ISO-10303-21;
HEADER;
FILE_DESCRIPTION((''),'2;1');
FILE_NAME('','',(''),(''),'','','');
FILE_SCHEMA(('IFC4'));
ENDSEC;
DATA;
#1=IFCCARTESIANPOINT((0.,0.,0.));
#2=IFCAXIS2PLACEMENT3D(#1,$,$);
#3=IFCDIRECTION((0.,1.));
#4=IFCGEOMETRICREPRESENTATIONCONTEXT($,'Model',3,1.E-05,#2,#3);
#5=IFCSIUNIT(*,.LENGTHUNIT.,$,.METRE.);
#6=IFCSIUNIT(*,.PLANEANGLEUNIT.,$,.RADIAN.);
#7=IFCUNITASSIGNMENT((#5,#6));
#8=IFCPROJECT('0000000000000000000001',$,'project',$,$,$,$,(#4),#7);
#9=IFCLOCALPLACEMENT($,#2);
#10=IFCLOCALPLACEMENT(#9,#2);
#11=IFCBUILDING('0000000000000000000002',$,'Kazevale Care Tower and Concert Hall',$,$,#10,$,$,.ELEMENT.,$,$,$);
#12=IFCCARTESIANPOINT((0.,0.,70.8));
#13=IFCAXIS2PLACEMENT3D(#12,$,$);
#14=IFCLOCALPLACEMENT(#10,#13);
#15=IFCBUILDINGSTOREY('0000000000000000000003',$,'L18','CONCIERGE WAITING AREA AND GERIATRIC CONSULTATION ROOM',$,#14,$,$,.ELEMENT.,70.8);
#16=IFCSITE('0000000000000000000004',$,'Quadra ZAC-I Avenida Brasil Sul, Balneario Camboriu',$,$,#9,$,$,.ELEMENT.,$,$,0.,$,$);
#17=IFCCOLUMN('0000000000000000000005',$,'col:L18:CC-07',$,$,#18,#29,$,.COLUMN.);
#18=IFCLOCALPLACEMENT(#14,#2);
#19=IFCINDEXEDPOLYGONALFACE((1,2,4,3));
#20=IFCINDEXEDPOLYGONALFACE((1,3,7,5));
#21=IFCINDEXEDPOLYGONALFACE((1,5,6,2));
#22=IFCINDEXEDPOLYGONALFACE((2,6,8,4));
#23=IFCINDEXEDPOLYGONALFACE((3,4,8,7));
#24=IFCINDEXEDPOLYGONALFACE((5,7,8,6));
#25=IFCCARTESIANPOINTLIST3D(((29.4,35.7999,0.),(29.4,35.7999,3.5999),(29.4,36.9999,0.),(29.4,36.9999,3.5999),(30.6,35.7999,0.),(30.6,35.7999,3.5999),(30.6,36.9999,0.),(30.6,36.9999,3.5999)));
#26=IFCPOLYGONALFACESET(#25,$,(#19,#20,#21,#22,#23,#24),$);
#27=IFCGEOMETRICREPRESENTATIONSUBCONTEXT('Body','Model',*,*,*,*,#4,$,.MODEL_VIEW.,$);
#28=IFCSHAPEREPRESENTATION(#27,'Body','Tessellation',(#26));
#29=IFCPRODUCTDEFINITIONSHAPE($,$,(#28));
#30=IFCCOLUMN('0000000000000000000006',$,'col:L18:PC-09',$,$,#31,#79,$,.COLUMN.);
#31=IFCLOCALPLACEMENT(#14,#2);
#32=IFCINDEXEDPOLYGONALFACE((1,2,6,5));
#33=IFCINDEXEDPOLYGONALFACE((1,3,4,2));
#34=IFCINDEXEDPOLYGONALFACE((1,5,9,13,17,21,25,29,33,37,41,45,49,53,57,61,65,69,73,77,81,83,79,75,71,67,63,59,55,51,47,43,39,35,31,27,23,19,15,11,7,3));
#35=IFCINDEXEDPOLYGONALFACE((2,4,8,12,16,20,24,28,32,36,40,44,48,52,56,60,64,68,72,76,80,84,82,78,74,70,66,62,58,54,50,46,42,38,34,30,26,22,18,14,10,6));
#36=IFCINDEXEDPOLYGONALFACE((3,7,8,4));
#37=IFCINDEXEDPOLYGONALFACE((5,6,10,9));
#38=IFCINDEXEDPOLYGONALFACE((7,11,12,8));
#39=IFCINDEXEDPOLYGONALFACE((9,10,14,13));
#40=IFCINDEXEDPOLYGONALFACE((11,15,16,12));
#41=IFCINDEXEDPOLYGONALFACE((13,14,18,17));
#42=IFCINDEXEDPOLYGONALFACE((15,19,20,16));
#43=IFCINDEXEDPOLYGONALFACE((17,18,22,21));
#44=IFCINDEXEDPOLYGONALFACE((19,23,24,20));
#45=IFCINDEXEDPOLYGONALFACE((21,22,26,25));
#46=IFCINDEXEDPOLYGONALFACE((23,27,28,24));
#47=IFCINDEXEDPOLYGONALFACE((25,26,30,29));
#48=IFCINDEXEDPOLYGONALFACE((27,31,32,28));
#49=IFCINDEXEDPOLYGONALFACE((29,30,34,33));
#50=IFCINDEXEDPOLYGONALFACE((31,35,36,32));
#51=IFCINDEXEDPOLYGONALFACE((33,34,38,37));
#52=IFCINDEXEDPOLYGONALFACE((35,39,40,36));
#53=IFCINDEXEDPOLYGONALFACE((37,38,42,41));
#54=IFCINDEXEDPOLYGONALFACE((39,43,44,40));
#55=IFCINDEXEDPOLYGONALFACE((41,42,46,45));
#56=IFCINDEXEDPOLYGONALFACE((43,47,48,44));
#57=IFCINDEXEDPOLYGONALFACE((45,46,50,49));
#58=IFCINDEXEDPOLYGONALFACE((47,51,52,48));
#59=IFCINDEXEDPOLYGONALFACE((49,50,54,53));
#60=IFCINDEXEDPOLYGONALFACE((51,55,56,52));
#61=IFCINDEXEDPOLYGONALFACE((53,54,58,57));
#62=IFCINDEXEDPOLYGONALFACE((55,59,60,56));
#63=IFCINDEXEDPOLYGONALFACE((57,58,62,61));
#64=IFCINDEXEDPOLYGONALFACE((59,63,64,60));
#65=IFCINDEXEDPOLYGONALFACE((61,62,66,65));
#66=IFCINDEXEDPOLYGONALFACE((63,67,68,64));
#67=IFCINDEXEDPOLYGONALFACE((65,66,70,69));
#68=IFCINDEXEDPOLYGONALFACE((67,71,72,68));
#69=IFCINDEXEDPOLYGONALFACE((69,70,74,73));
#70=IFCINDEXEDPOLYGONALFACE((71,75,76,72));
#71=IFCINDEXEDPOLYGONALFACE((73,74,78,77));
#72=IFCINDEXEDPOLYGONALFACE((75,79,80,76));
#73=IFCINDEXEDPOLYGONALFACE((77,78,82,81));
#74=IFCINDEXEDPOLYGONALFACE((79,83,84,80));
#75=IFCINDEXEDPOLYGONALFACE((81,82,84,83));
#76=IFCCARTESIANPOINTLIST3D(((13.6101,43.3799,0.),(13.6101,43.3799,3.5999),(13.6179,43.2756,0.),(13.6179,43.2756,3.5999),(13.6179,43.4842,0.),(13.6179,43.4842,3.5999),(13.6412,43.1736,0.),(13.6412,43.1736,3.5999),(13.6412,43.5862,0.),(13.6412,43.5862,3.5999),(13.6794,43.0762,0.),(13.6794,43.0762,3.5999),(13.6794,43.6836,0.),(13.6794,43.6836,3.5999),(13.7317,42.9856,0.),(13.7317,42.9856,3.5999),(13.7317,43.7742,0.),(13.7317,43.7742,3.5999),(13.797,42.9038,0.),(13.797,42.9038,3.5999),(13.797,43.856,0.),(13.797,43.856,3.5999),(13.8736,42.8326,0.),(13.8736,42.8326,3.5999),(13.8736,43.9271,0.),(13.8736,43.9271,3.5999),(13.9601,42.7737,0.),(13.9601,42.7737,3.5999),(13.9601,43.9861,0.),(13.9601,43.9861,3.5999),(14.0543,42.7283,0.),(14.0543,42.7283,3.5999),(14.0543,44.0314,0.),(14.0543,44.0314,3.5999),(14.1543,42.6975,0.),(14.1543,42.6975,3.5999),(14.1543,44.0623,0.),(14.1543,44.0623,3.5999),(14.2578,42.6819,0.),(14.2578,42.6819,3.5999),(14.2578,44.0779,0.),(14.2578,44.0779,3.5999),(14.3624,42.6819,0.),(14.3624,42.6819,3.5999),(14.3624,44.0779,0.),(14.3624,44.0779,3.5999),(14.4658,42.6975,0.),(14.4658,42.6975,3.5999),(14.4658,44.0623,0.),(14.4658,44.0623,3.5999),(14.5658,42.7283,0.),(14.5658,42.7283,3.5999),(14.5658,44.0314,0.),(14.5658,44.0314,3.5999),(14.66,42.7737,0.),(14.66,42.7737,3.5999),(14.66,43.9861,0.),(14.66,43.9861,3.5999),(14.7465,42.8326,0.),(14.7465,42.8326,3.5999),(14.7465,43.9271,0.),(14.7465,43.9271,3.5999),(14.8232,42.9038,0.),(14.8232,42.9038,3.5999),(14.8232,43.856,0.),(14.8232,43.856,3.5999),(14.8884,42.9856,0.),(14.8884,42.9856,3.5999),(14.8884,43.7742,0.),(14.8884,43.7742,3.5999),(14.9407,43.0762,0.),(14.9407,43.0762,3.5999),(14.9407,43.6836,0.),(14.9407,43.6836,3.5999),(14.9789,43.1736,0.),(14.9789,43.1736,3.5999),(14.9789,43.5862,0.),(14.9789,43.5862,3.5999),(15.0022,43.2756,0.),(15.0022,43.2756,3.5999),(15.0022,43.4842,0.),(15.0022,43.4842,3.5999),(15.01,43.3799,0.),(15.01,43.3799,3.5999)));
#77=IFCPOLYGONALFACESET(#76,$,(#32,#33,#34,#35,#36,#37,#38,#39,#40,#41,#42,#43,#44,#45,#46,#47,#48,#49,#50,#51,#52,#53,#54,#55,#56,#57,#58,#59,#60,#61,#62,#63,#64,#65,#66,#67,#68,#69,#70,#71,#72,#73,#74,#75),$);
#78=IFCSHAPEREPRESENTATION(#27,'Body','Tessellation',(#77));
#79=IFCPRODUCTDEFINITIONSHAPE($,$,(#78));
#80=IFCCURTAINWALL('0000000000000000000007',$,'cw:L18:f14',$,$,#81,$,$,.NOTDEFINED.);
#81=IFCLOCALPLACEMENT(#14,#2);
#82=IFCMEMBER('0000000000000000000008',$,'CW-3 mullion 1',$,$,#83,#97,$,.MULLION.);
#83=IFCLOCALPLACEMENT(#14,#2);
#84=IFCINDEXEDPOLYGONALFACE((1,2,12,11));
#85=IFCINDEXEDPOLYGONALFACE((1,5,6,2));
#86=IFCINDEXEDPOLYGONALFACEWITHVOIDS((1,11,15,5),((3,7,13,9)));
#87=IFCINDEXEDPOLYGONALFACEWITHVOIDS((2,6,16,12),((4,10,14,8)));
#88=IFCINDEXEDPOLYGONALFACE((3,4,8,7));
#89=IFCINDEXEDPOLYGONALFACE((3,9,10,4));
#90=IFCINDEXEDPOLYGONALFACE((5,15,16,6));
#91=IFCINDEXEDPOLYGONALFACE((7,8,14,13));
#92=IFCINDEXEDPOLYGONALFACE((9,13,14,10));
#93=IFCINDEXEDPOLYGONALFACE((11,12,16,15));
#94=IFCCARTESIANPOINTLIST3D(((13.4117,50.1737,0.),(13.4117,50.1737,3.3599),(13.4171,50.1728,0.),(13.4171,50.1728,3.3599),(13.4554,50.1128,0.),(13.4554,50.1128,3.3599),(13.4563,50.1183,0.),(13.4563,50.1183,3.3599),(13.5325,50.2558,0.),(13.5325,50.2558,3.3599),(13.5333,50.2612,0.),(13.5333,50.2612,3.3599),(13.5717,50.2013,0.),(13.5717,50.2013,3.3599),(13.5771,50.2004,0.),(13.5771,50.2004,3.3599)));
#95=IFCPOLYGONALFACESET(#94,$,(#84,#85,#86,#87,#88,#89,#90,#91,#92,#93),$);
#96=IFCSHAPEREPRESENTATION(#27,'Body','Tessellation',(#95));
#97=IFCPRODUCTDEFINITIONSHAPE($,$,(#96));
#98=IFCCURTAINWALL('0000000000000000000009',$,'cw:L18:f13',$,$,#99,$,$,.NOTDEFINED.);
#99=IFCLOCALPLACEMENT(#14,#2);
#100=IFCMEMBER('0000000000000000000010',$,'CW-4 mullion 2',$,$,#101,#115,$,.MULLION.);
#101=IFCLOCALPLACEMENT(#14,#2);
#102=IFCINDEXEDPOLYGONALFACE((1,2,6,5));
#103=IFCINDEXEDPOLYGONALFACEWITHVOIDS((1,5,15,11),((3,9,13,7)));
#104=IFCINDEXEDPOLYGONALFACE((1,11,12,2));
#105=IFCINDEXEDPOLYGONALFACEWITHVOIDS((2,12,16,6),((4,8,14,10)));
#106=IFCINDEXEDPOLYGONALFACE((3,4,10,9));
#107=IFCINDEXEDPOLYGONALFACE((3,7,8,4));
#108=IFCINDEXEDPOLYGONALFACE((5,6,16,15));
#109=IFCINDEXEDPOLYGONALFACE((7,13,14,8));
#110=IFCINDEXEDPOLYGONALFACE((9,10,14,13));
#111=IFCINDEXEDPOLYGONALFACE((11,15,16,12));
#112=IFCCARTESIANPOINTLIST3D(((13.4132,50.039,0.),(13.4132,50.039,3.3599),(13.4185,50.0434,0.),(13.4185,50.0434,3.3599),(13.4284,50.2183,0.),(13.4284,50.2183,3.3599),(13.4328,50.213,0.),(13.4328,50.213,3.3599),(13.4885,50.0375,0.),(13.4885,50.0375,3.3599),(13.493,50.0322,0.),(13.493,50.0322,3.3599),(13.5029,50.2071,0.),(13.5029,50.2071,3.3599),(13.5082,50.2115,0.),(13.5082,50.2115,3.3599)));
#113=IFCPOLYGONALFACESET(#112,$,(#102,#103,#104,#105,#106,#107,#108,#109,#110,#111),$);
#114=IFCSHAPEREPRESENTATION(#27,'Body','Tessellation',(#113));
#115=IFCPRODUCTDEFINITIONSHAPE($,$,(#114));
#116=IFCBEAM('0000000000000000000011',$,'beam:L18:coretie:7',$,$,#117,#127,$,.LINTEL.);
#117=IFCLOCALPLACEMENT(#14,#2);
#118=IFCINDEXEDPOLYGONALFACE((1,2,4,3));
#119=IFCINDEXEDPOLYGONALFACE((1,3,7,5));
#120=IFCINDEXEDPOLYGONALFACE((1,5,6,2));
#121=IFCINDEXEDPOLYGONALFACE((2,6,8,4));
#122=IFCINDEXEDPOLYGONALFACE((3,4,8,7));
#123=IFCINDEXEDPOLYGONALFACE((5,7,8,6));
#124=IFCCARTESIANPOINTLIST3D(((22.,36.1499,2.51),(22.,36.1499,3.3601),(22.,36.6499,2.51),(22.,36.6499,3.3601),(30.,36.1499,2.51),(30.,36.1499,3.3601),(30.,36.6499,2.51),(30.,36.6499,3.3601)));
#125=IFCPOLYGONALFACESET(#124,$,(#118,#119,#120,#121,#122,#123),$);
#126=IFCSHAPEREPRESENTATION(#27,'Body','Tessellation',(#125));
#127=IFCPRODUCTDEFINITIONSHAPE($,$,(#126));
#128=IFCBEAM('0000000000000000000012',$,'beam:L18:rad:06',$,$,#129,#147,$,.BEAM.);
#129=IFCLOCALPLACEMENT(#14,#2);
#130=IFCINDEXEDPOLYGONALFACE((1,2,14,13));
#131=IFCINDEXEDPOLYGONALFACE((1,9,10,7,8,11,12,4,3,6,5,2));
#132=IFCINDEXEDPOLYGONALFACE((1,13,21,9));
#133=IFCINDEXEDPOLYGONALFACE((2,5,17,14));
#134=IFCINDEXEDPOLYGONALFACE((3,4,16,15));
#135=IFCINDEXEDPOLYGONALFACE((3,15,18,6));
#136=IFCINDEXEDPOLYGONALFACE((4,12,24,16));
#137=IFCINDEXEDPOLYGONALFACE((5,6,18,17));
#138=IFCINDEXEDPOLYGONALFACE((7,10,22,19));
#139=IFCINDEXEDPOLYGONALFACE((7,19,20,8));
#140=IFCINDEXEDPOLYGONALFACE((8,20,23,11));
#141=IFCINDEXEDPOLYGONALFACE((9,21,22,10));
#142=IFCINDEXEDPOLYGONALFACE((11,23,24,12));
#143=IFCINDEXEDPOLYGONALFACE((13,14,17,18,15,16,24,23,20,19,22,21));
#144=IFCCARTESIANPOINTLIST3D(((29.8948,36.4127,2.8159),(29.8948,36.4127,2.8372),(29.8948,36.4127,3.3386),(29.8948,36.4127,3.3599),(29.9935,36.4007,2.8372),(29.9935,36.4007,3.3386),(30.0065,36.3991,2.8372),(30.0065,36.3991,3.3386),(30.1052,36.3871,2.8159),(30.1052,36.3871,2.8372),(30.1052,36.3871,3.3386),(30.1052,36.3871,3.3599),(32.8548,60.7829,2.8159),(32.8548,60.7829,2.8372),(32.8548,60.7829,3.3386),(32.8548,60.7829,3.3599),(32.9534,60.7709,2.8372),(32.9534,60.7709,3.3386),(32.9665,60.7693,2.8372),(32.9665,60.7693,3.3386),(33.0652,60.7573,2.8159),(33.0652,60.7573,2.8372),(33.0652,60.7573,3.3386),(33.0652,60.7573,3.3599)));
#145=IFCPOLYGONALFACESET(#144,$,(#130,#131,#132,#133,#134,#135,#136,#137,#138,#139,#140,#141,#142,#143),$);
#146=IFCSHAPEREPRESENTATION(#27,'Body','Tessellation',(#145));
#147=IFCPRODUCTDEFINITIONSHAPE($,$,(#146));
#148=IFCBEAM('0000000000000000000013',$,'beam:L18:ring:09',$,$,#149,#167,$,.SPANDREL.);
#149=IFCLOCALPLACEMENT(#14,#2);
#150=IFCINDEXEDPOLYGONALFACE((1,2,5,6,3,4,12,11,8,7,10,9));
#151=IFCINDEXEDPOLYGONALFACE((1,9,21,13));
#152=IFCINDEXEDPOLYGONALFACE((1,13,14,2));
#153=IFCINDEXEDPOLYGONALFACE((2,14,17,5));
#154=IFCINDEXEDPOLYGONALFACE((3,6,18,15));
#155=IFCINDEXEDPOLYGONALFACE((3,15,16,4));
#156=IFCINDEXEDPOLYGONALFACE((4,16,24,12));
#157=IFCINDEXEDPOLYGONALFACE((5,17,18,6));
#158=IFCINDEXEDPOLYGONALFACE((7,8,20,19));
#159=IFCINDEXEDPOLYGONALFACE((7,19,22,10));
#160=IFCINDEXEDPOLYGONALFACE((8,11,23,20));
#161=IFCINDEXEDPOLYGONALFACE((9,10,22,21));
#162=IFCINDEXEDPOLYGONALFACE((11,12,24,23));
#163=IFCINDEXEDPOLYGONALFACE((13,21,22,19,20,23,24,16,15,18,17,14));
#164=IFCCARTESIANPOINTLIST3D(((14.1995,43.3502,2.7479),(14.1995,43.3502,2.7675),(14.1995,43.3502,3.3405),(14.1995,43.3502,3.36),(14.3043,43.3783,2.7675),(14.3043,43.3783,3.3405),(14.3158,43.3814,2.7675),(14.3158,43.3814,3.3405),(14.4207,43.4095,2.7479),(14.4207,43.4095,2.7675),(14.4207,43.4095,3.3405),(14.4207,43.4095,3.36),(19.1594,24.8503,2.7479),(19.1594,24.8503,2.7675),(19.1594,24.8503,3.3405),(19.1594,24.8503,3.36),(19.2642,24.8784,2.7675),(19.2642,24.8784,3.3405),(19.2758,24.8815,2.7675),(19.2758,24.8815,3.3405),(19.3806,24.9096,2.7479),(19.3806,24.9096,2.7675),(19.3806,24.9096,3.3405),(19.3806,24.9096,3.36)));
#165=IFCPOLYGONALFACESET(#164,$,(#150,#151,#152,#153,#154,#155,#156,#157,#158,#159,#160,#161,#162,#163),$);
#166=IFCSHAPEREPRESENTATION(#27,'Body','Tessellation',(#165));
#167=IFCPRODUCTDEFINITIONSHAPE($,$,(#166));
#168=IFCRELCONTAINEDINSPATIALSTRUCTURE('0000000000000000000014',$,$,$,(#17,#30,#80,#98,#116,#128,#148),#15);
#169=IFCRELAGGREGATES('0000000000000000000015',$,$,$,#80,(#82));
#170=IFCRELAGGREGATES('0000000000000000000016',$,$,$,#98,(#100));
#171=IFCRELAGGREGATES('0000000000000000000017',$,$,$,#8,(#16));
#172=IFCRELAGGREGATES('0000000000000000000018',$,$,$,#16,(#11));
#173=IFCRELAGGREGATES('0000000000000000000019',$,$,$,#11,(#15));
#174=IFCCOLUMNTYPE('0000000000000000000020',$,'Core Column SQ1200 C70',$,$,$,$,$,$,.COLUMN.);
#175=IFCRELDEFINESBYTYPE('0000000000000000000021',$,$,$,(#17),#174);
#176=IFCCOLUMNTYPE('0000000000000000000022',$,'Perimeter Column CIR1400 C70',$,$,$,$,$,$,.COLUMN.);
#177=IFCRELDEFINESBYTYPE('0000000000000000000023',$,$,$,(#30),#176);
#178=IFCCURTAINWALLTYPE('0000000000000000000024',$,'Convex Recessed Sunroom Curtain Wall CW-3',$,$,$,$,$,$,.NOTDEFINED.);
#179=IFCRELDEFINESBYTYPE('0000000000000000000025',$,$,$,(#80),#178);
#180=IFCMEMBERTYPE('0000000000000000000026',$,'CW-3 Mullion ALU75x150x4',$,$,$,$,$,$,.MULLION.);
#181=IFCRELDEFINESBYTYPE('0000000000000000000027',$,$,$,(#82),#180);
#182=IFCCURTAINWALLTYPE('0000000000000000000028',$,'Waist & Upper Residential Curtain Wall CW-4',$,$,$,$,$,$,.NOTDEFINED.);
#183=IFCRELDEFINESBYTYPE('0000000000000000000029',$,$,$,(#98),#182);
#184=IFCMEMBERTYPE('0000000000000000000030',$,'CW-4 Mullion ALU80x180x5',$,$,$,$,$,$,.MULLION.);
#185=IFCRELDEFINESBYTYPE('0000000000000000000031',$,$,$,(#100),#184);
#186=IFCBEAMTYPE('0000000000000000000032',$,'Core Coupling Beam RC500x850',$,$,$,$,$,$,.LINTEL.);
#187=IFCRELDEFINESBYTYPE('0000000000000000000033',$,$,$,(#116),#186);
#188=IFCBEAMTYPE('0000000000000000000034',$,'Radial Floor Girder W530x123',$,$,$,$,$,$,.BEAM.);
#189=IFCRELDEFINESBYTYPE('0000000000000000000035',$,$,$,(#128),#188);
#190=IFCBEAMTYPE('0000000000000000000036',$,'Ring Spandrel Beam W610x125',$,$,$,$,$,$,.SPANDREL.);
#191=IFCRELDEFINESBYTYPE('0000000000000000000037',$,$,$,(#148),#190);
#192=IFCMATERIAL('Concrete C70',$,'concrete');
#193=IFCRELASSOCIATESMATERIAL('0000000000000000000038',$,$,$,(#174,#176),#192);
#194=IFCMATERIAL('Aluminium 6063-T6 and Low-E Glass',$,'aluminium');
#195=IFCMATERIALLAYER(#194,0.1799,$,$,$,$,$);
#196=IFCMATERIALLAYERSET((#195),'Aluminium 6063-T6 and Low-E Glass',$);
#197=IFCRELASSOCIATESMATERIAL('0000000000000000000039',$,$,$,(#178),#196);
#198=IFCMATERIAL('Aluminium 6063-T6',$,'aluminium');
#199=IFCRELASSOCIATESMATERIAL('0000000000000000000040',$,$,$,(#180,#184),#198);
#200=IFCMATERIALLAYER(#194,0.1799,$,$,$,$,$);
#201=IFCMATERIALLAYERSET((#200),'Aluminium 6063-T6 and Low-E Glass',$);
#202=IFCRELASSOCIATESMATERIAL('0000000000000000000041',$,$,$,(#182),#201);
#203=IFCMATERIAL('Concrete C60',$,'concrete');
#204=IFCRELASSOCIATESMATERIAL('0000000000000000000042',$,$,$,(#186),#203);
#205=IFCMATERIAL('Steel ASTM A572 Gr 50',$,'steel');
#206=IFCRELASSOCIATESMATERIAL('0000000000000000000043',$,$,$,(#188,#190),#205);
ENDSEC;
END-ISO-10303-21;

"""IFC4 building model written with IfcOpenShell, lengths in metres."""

from ifc_helpers import new_model, si_unit, direction, frame, origin, origin_2d, place, context, subcontext, project, spatial, rectangle, hollow_rectangle, circle, i_section, extrude, material, layer, layer_set, material_profile, profile_set, type_object, element, aggregate, save


model = new_model("IFC4")

# Units and contexts
model_context = context("Model", 3, precision=1e-05, world=origin(), true_north=direction((0.0, 1.0)))
body_context = subcontext(model_context, "Body", "Model", "MODEL_VIEW")
ifc_project = project(units=[si_unit("LENGTHUNIT", "METRE"), si_unit("PLANEANGLEUNIT", "RADIAN")], contexts=[model_context])

# Site, building, storey
site_placement = place(None, origin())
site = spatial("IfcSite", under=ifc_project, at=site_placement, Name="Quadra ZAC-I Avenida Brasil Sul, Balneario Camboriu", CompositionType="ELEMENT", RefElevation=0.0)
building_placement = place(site_placement, origin())
building = spatial("IfcBuilding", under=site, at=building_placement, Name="Kazevale Care Tower and Concert Hall", CompositionType="ELEMENT")
storey_placement = place(building_placement, frame((0.0, 0.0, 70.8)))
storey = spatial("IfcBuildingStorey", under=building, at=storey_placement, Name="L18", Description="CONCIERGE WAITING AREA AND GERIATRIC CONSULTATION ROOM", CompositionType="ELEMENT", Elevation=70.8)

# Columns
ifc_material_1 = material(Name="Concrete C70", Category="concrete")
ifc_material_profile_1 = material_profile(ifc_material_1, rectangle(XDim=1.2, YDim=1.2, at=origin_2d()), Name="RC-SQ1200")
ifc_profile_set_1 = profile_set([ifc_material_profile_1], Name="Concrete C70")
column_type_1 = type_object("IfcColumnType", Name="Core Column SQ1200 C70", PredefinedType="COLUMN", material=ifc_profile_set_1)
column_1_placement = place(storey_placement, frame((30.0, 36.3999, 0.0), z_axis=(0.0, 0.0, 1.0), x_axis=(1.0, 0.0, 0.0)))
element("IfcColumn", 1, at=column_1_placement, inside=storey, type_object=column_type_1, Name="col:L18:CC-07", PredefinedType="COLUMN", context=body_context, shape_type="SweptSolid", body=[
    extrude(rectangle(XDim=1.2, YDim=1.2, at=origin_2d()), origin(), (0.0, 0.0, 1.0), 3.5999),
])
ifc_material_profile_2 = material_profile(ifc_material_1, circle(Radius=0.7, at=origin_2d()), Name="RC-CIR1400")
ifc_profile_set_2 = profile_set([ifc_material_profile_2], Name="Concrete C70")
column_type_2 = type_object("IfcColumnType", Name="Perimeter Column CIR1400 C70", PredefinedType="COLUMN", material=ifc_profile_set_2)
column_2_placement = place(storey_placement, frame((14.3101, 43.3799, 0.0), z_axis=(0.0, 0.0, 1.0), x_axis=(1.0, 0.0, 0.0)))
element("IfcColumn", 2, at=column_2_placement, inside=storey, type_object=column_type_2, Name="col:L18:PC-09", PredefinedType="COLUMN", context=body_context, shape_type="SweptSolid", body=[
    extrude(circle(Radius=0.7, at=origin_2d()), origin(), (0.0, 0.0, 1.0), 3.5999),
])

# Curtain walls, members
ifc_material_2 = material(Name="Aluminium 6063-T6 and Low-E Glass", Category="aluminium")
ifc_layer_1 = layer(ifc_material_2, 0.1799)
ifc_layer_set_1 = layer_set([ifc_layer_1], Name="Aluminium 6063-T6 and Low-E Glass")
curtain_wall_type_1 = type_object("IfcCurtainWallType", Name="Convex Recessed Sunroom Curtain Wall CW-3", PredefinedType="NOTDEFINED", material=ifc_layer_set_1)
curtain_wall_1_placement = place(storey_placement, origin())
curtain_wall_1 = element("IfcCurtainWall", 3, at=curtain_wall_1_placement, inside=storey, type_object=curtain_wall_type_1, Name="cw:L18:f14", PredefinedType="NOTDEFINED")
ifc_material_3 = material(Name="Aluminium 6063-T6", Category="aluminium")
ifc_material_profile_3 = material_profile(ifc_material_3, hollow_rectangle(XDim=0.075, YDim=0.1499, WallThickness=0.0039, at=origin_2d()), Name="ALU75x150x4")
ifc_profile_set_3 = profile_set([ifc_material_profile_3], Name="Aluminium 6063-T6")
member_type_1 = type_object("IfcMemberType", Name="CW-3 Mullion ALU75x150x4", PredefinedType="MULLION", material=ifc_profile_set_3)
member_1_placement = place(storey_placement, frame((13.4944, 50.187, 0.0), z_axis=(0.0, 0.0, 1.0), x_axis=(-0.583994, 0.811758, 0.0)))
member_1 = element("IfcMember", 4, at=member_1_placement, type_object=member_type_1, Name="CW-3 mullion 1", PredefinedType="MULLION", context=body_context, shape_type="SweptSolid", body=[
    extrude(hollow_rectangle(XDim=0.075, YDim=0.1499, WallThickness=0.0039, at=origin_2d()), origin(), (0.0, 0.0, 1.0), 3.3599),
])
aggregate(curtain_wall_1, [member_1])
ifc_layer_2 = layer(ifc_material_2, 0.1799)
ifc_layer_set_2 = layer_set([ifc_layer_2], Name="Aluminium 6063-T6 and Low-E Glass")
curtain_wall_type_2 = type_object("IfcCurtainWallType", Name="Waist & Upper Residential Curtain Wall CW-4", PredefinedType="NOTDEFINED", material=ifc_layer_set_2)
curtain_wall_2_placement = place(storey_placement, origin())
curtain_wall_2 = element("IfcCurtainWall", 5, at=curtain_wall_2_placement, inside=storey, type_object=curtain_wall_type_2, Name="cw:L18:f13", PredefinedType="NOTDEFINED")
ifc_material_profile_4 = material_profile(ifc_material_3, hollow_rectangle(XDim=0.0801, YDim=0.1799, WallThickness=0.0049, at=origin_2d()), Name="ALU80x180x5")
ifc_profile_set_4 = profile_set([ifc_material_profile_4], Name="Aluminium 6063-T6")
member_type_2 = type_object("IfcMemberType", Name="CW-4 Mullion ALU80x180x5", PredefinedType="MULLION", material=ifc_profile_set_4)
member_2_placement = place(storey_placement, frame((13.4607, 50.1252, 0.0), z_axis=(0.0, 0.0, 1.0), x_axis=(-0.996431, 0.084413, 0.0)))
member_2 = element("IfcMember", 6, at=member_2_placement, type_object=member_type_2, Name="CW-4 mullion 2", PredefinedType="MULLION", context=body_context, shape_type="SweptSolid", body=[
    extrude(hollow_rectangle(XDim=0.0801, YDim=0.1799, WallThickness=0.0049, at=origin_2d()), origin(), (0.0, 0.0, 1.0), 3.3599),
])

# Beams
ifc_material_4 = material(Name="Concrete C60", Category="concrete")
ifc_material_profile_5 = material_profile(ifc_material_4, rectangle(XDim=0.5, YDim=0.8501, at=origin_2d()), Name="RC-B500x850")
ifc_profile_set_5 = profile_set([ifc_material_profile_5], Name="Concrete C60")
beam_type_1 = type_object("IfcBeamType", Name="Core Coupling Beam RC500x850", PredefinedType="LINTEL", material=ifc_profile_set_5)
beam_1_placement = place(storey_placement, frame((30.0, 36.3999, 2.9351), z_axis=(-1.0, 0.0, 0.0), x_axis=(0.0, -1.0, 0.0)))
element("IfcBeam", 7, at=beam_1_placement, inside=storey, type_object=beam_type_1, Name="beam:L18:coretie:7", PredefinedType="LINTEL", context=body_context, shape_type="SweptSolid", body=[
    extrude(rectangle(XDim=0.5, YDim=0.8501, at=origin_2d()), origin(), (0.0, 0.0, 1.0), 8.0),
])
ifc_material_5 = material(Name="Steel ASTM A572 Gr 50", Category="steel")
ifc_material_profile_6 = material_profile(ifc_material_5, i_section(OverallWidth=0.2119, OverallDepth=0.5439, WebThickness=0.0132, FlangeThickness=0.0212, at=origin_2d()), Name="W530x123")
ifc_profile_set_6 = profile_set([ifc_material_profile_6], Name="Steel ASTM A572 Gr 50")
beam_type_2 = type_object("IfcBeamType", Name="Radial Floor Girder W530x123", PredefinedType="BEAM", material=ifc_profile_set_6)
beam_2_placement = place(storey_placement, frame((30.0, 36.3999, 3.0879), z_axis=(0.120573, 0.992705, 0.0), x_axis=(-0.992705, 0.120573, 0.0)))
element("IfcBeam", 8, at=beam_2_placement, inside=storey, type_object=beam_type_2, Name="beam:L18:rad:06", PredefinedType="BEAM", context=body_context, shape_type="SweptSolid", body=[
    extrude(i_section(OverallWidth=0.2119, OverallDepth=0.5439, WebThickness=0.0132, FlangeThickness=0.0212, at=origin_2d()), origin(), (0.0, 0.0, 1.0), 24.5493),
])
ifc_material_profile_7 = material_profile(ifc_material_5, i_section(OverallWidth=0.229, OverallDepth=0.6121, WebThickness=0.012, FlangeThickness=0.0195, at=origin_2d()), Name="W610x125")
ifc_profile_set_7 = profile_set([ifc_material_profile_7], Name="Steel ASTM A572 Gr 50")
beam_type_3 = type_object("IfcBeamType", Name="Ring Spandrel Beam W610x125", PredefinedType="SPANDREL", material=ifc_profile_set_7)
beam_3_placement = place(storey_placement, frame((14.3101, 43.3799, 3.054), z_axis=(0.25896, -0.965888, 0.0), x_axis=(0.965888, 0.25896, 0.0)))
element("IfcBeam", 9, at=beam_3_placement, inside=storey, type_object=beam_type_3, Name="beam:L18:ring:09", PredefinedType="SPANDREL", context=body_context, shape_type="SweptSolid", body=[
    extrude(i_section(OverallWidth=0.229, OverallDepth=0.6121, WebThickness=0.012, FlangeThickness=0.0195, at=origin_2d()), origin(), (0.0, 0.0, 1.0), 19.1533),
])

aggregate(curtain_wall_2, [member_2])

save(model, "model.ifc")
